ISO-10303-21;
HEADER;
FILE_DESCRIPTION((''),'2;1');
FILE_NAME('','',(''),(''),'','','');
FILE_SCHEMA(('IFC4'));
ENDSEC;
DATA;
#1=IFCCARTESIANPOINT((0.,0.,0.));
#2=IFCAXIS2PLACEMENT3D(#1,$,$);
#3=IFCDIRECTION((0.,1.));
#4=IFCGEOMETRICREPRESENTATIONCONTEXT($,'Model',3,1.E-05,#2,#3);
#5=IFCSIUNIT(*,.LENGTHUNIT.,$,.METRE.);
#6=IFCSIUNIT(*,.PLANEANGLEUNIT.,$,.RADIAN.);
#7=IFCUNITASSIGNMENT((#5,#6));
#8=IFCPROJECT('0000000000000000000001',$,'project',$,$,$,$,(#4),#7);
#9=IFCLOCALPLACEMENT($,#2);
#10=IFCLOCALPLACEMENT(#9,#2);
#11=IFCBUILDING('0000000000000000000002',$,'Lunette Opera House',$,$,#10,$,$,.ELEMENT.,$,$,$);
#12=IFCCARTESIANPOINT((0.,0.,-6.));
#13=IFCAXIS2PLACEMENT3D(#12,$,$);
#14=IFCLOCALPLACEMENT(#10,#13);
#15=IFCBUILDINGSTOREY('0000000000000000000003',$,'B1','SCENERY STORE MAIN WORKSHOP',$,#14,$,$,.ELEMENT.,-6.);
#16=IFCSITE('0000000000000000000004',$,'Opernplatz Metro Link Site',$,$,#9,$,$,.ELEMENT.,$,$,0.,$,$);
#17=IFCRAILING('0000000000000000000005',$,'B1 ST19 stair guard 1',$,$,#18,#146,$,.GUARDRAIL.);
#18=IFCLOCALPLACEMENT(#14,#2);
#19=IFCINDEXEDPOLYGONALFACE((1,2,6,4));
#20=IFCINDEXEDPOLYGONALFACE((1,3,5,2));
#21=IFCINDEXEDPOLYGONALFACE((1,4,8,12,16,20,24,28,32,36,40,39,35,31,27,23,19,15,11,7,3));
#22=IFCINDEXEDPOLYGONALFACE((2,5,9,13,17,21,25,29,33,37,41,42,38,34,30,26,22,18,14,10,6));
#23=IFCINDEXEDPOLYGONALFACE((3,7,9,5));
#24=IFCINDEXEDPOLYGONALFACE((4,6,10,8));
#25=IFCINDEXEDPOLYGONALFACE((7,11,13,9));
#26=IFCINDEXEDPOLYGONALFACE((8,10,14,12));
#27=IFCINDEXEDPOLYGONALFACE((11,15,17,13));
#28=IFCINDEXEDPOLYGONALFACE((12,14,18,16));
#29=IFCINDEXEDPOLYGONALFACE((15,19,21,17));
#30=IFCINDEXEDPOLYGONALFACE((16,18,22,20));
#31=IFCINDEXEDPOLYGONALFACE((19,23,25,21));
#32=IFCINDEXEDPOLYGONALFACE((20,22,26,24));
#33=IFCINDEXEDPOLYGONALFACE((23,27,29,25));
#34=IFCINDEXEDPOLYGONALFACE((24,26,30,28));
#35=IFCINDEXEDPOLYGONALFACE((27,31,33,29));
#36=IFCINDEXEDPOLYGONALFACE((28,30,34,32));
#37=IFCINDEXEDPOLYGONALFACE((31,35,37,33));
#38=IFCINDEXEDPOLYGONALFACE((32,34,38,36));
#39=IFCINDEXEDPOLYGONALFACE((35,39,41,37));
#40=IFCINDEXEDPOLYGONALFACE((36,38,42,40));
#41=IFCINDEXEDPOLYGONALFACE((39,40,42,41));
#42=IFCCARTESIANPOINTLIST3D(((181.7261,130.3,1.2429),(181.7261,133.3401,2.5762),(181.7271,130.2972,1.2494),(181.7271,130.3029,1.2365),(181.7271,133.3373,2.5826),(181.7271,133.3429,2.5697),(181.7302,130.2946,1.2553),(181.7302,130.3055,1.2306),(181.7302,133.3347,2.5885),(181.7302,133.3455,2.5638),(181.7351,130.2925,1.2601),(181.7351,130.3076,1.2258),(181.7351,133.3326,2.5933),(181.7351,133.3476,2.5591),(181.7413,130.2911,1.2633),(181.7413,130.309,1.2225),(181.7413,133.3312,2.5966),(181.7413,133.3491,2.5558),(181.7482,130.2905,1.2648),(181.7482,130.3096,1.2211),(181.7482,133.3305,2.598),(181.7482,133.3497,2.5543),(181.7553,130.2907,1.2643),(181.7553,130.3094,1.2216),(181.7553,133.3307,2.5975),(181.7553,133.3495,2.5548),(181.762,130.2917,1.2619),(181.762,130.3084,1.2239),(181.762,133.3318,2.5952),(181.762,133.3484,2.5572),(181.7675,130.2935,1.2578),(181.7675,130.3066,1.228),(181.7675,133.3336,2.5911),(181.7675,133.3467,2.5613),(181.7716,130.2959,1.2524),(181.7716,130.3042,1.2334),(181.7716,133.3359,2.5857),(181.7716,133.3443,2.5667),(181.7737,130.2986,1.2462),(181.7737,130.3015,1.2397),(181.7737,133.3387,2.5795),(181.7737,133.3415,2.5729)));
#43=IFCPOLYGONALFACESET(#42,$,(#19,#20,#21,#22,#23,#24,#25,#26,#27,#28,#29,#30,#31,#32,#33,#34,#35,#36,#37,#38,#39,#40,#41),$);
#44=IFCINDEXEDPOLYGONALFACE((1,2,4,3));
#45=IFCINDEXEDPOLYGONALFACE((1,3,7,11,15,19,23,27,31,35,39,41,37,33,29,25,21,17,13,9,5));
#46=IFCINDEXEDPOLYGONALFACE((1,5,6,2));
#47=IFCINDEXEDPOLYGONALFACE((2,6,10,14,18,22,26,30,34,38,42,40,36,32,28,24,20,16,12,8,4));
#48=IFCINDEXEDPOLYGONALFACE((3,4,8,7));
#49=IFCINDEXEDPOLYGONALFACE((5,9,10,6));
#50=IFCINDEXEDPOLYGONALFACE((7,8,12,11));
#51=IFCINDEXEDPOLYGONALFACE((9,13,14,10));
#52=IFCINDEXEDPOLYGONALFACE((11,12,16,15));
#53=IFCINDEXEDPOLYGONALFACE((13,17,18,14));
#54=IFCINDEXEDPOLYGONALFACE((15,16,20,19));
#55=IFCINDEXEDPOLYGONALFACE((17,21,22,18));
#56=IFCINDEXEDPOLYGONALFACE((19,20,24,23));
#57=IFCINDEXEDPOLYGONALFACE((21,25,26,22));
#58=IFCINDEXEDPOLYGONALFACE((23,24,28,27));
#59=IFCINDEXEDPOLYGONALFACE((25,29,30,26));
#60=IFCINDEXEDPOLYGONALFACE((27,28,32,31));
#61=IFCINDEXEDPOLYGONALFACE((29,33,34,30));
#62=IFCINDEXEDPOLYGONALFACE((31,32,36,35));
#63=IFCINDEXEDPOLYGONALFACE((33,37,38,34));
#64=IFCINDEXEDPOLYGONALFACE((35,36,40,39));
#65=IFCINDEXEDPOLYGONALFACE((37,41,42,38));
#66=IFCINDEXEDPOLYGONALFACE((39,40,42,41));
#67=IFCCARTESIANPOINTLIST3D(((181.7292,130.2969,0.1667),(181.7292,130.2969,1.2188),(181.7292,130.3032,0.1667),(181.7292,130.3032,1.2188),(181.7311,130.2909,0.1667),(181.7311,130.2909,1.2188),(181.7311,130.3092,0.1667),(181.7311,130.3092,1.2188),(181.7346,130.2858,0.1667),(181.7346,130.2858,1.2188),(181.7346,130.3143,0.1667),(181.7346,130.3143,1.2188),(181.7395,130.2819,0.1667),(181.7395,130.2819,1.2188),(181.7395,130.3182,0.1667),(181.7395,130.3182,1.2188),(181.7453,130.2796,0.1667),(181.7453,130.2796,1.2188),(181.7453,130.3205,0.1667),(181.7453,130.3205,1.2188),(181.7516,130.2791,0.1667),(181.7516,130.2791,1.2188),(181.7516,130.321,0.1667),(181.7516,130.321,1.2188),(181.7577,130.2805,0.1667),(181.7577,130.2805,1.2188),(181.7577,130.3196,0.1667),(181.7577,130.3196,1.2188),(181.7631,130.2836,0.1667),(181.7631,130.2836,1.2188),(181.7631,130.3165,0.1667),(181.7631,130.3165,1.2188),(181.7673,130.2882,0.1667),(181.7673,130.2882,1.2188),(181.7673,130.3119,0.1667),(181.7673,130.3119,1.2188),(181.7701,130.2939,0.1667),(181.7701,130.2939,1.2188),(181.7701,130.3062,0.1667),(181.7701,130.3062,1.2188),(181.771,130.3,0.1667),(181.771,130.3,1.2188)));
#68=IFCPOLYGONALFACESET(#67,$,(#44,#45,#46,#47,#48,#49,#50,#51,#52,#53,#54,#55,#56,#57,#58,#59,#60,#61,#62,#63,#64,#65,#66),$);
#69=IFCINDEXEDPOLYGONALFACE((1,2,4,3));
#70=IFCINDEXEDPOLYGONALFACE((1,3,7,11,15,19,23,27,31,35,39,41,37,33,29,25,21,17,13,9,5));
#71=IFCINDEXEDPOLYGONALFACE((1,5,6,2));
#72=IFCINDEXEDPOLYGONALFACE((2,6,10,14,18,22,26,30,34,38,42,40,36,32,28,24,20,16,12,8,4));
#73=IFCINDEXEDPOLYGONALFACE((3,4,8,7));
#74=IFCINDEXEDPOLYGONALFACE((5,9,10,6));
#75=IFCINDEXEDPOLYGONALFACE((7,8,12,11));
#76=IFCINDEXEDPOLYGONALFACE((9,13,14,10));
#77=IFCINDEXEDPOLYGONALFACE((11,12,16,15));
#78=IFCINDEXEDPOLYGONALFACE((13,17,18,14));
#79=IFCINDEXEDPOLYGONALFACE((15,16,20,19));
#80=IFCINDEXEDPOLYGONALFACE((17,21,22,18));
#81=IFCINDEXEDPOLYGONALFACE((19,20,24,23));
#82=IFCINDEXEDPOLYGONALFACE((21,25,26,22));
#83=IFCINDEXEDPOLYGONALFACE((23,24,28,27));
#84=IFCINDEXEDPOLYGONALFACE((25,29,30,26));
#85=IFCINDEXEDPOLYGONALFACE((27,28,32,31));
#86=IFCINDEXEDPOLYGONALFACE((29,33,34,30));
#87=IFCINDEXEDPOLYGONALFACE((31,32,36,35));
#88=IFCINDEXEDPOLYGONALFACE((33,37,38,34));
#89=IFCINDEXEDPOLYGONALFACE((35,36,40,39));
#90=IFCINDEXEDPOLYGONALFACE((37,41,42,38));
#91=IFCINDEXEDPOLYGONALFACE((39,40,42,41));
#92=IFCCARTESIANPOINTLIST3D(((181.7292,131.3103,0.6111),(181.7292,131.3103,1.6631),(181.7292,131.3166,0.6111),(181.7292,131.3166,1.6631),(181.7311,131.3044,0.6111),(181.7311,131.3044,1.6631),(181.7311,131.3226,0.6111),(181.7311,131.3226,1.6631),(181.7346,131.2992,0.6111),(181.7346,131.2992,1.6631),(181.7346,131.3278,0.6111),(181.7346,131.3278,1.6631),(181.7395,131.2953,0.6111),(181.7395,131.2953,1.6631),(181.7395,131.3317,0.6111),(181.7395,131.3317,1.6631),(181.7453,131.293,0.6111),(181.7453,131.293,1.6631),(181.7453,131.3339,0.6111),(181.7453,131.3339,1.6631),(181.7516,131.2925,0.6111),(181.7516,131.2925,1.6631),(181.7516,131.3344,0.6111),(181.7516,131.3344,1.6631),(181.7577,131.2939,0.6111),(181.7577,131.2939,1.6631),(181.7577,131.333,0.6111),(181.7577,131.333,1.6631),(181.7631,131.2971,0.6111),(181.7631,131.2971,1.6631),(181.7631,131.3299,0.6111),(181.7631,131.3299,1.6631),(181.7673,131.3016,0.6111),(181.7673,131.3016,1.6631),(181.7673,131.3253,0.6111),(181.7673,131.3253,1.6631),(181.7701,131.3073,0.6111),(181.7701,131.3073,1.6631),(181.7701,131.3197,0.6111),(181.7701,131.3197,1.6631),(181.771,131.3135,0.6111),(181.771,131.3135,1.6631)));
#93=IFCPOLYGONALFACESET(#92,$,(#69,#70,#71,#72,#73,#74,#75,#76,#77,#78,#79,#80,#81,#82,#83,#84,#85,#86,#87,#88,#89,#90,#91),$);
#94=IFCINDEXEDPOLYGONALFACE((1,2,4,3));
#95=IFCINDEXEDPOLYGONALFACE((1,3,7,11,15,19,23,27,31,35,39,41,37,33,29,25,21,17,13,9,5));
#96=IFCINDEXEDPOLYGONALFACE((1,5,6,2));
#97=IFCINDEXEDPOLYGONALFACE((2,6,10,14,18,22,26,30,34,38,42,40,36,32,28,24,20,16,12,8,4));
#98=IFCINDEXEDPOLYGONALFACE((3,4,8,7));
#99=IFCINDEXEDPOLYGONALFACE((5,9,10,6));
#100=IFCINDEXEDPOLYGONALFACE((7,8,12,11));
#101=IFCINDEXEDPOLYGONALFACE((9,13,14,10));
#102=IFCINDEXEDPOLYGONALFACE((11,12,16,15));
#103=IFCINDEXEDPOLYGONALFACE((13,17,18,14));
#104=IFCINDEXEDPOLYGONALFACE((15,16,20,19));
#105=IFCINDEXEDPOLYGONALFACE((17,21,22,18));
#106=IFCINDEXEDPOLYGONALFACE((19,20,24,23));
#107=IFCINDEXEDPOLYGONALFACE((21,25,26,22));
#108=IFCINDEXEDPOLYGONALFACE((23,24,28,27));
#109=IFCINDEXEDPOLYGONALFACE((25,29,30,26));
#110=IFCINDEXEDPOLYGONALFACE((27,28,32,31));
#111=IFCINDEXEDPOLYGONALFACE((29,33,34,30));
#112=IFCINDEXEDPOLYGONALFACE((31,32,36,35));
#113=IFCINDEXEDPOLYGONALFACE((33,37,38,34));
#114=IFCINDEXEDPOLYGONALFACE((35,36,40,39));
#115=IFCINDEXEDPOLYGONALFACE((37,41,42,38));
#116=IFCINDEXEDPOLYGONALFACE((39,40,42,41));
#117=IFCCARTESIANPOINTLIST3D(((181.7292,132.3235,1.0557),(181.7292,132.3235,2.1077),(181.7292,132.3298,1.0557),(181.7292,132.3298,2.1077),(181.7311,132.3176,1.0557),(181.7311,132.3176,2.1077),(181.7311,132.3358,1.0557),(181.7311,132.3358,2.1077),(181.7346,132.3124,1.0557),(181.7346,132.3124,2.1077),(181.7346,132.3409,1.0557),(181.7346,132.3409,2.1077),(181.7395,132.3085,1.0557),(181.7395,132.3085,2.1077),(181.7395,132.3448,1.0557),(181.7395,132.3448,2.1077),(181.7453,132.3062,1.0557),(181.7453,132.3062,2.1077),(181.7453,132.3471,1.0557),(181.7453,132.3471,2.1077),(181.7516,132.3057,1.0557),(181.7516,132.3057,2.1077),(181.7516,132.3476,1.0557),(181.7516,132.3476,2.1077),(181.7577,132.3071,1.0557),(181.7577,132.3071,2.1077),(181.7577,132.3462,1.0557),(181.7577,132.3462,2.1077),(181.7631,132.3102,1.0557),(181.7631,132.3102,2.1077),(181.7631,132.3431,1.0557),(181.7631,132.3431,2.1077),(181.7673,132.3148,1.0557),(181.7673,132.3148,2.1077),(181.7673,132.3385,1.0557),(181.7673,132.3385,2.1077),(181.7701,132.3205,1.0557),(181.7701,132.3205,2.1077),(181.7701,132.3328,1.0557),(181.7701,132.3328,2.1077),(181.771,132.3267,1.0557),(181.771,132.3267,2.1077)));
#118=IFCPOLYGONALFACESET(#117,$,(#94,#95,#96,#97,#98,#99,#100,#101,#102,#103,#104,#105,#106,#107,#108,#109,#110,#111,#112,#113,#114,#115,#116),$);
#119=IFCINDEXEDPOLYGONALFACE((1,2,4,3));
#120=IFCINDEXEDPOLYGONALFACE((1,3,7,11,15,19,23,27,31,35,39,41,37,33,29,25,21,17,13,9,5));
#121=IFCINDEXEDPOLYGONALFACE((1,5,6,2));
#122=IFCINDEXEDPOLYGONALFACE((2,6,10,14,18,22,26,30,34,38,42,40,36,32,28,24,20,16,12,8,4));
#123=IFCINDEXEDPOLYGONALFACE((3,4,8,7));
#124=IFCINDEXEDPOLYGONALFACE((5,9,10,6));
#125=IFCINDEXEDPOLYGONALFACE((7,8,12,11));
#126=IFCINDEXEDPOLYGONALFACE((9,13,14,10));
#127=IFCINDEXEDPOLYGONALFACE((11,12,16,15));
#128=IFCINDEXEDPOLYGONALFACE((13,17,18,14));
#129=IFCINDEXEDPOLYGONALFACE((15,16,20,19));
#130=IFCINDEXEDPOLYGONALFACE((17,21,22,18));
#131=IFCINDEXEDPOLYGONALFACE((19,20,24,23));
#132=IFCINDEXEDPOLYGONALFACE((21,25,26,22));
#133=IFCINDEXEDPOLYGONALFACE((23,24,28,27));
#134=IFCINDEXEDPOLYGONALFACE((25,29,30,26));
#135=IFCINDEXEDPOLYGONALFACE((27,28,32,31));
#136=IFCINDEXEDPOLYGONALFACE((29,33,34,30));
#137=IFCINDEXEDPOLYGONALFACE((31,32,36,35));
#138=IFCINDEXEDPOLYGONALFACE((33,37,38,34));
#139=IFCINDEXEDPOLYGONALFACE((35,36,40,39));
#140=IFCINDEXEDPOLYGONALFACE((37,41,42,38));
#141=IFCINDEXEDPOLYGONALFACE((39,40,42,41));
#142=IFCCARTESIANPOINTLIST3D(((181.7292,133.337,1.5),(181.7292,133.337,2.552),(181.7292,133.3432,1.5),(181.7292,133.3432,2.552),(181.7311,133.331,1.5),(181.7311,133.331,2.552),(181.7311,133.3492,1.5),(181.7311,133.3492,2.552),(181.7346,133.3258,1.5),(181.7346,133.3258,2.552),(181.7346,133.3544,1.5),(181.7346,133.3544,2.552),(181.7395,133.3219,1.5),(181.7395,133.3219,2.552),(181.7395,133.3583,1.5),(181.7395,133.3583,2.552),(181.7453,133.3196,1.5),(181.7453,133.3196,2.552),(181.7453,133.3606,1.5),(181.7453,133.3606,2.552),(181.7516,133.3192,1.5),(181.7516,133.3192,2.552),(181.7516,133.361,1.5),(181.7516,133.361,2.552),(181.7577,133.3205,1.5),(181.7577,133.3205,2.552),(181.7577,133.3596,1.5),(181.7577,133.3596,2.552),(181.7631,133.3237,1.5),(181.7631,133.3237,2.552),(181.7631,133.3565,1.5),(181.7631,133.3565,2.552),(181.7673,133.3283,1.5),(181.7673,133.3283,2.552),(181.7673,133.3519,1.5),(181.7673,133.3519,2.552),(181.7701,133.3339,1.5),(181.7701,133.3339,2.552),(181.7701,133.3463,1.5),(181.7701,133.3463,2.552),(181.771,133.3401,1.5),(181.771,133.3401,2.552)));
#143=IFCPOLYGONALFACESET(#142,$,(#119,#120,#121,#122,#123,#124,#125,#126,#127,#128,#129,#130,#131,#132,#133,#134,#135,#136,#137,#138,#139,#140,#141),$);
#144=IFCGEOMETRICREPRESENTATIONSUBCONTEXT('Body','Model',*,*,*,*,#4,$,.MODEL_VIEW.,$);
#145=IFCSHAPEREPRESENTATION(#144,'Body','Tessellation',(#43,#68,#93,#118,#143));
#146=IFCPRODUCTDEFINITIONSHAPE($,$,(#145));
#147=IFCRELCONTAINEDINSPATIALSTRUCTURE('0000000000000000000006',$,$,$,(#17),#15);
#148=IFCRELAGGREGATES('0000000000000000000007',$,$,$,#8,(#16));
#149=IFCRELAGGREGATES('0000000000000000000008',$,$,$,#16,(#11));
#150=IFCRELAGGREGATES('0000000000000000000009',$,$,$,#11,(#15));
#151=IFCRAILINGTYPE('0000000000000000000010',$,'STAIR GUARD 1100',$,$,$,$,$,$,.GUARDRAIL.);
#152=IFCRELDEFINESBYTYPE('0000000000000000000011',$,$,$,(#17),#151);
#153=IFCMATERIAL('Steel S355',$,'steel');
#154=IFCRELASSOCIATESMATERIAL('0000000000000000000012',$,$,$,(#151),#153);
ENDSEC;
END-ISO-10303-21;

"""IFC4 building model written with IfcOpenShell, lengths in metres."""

from ifc_helpers import new_model, si_unit, direction, frame, origin, origin_2d, place, context, subcontext, project, spatial, circle, extrude, material, type_object, element, save


model = new_model("IFC4")

# Units and contexts
model_context = context("Model", 3, precision=1e-05, world=origin(), true_north=direction((0.0, 1.0)))
body_context = subcontext(model_context, "Body", "Model", "MODEL_VIEW")
ifc_project = project(units=[si_unit("LENGTHUNIT", "METRE"), si_unit("PLANEANGLEUNIT", "RADIAN")], contexts=[model_context])

# Site, building, storey
site_placement = place(None, origin())
site = spatial("IfcSite", under=ifc_project, at=site_placement, Name="Opernplatz Metro Link Site", CompositionType="ELEMENT", RefElevation=0.0)
building_placement = place(site_placement, origin())
building = spatial("IfcBuilding", under=site, at=building_placement, Name="Lunette Opera House", CompositionType="ELEMENT")
storey_placement = place(building_placement, frame((0.0, 0.0, -6.0)))
storey = spatial("IfcBuildingStorey", under=building, at=storey_placement, Name="B1", Description="SCENERY STORE MAIN WORKSHOP", CompositionType="ELEMENT", Elevation=-6.0)

# Railing
ifc_material_1 = material(Name="Steel S355", Category="steel")
railing_type_1 = type_object("IfcRailingType", Name="STAIR GUARD 1100", PredefinedType="GUARDRAIL", material=ifc_material_1)
railing_1_placement = place(storey_placement, frame((181.75, 130.3, 0.1667)))
element("IfcRailing", 1, at=railing_1_placement, inside=storey, type_object=railing_type_1, Name="B1 ST19 stair guard 1", PredefinedType="GUARDRAIL", context=body_context, shape_type="SweptSolid", body=[
    extrude(circle(Radius=0.0239, at=origin_2d()), frame((0.0, 0.0, 1.0762), z_axis=(0.0, 0.915799, 0.401637), x_axis=(-1.0, 0.0, 0.0)), (0.0, 0.0, 1.0), 3.3196),
    extrude(circle(Radius=0.021, at=origin_2d()), origin(), (0.0, 0.0, 1.0), 1.052),
    extrude(circle(Radius=0.021, at=origin_2d()), frame((0.0, 1.0134, 0.4443)), (0.0, 0.0, 1.0), 1.052),
    extrude(circle(Radius=0.021, at=origin_2d()), frame((0.0, 2.0266, 0.8889)), (0.0, 0.0, 1.0), 1.052),
    extrude(circle(Radius=0.021, at=origin_2d()), frame((0.0, 3.04, 1.3333)), (0.0, 0.0, 1.0), 1.052),
])

save(model, "model.ifc")
